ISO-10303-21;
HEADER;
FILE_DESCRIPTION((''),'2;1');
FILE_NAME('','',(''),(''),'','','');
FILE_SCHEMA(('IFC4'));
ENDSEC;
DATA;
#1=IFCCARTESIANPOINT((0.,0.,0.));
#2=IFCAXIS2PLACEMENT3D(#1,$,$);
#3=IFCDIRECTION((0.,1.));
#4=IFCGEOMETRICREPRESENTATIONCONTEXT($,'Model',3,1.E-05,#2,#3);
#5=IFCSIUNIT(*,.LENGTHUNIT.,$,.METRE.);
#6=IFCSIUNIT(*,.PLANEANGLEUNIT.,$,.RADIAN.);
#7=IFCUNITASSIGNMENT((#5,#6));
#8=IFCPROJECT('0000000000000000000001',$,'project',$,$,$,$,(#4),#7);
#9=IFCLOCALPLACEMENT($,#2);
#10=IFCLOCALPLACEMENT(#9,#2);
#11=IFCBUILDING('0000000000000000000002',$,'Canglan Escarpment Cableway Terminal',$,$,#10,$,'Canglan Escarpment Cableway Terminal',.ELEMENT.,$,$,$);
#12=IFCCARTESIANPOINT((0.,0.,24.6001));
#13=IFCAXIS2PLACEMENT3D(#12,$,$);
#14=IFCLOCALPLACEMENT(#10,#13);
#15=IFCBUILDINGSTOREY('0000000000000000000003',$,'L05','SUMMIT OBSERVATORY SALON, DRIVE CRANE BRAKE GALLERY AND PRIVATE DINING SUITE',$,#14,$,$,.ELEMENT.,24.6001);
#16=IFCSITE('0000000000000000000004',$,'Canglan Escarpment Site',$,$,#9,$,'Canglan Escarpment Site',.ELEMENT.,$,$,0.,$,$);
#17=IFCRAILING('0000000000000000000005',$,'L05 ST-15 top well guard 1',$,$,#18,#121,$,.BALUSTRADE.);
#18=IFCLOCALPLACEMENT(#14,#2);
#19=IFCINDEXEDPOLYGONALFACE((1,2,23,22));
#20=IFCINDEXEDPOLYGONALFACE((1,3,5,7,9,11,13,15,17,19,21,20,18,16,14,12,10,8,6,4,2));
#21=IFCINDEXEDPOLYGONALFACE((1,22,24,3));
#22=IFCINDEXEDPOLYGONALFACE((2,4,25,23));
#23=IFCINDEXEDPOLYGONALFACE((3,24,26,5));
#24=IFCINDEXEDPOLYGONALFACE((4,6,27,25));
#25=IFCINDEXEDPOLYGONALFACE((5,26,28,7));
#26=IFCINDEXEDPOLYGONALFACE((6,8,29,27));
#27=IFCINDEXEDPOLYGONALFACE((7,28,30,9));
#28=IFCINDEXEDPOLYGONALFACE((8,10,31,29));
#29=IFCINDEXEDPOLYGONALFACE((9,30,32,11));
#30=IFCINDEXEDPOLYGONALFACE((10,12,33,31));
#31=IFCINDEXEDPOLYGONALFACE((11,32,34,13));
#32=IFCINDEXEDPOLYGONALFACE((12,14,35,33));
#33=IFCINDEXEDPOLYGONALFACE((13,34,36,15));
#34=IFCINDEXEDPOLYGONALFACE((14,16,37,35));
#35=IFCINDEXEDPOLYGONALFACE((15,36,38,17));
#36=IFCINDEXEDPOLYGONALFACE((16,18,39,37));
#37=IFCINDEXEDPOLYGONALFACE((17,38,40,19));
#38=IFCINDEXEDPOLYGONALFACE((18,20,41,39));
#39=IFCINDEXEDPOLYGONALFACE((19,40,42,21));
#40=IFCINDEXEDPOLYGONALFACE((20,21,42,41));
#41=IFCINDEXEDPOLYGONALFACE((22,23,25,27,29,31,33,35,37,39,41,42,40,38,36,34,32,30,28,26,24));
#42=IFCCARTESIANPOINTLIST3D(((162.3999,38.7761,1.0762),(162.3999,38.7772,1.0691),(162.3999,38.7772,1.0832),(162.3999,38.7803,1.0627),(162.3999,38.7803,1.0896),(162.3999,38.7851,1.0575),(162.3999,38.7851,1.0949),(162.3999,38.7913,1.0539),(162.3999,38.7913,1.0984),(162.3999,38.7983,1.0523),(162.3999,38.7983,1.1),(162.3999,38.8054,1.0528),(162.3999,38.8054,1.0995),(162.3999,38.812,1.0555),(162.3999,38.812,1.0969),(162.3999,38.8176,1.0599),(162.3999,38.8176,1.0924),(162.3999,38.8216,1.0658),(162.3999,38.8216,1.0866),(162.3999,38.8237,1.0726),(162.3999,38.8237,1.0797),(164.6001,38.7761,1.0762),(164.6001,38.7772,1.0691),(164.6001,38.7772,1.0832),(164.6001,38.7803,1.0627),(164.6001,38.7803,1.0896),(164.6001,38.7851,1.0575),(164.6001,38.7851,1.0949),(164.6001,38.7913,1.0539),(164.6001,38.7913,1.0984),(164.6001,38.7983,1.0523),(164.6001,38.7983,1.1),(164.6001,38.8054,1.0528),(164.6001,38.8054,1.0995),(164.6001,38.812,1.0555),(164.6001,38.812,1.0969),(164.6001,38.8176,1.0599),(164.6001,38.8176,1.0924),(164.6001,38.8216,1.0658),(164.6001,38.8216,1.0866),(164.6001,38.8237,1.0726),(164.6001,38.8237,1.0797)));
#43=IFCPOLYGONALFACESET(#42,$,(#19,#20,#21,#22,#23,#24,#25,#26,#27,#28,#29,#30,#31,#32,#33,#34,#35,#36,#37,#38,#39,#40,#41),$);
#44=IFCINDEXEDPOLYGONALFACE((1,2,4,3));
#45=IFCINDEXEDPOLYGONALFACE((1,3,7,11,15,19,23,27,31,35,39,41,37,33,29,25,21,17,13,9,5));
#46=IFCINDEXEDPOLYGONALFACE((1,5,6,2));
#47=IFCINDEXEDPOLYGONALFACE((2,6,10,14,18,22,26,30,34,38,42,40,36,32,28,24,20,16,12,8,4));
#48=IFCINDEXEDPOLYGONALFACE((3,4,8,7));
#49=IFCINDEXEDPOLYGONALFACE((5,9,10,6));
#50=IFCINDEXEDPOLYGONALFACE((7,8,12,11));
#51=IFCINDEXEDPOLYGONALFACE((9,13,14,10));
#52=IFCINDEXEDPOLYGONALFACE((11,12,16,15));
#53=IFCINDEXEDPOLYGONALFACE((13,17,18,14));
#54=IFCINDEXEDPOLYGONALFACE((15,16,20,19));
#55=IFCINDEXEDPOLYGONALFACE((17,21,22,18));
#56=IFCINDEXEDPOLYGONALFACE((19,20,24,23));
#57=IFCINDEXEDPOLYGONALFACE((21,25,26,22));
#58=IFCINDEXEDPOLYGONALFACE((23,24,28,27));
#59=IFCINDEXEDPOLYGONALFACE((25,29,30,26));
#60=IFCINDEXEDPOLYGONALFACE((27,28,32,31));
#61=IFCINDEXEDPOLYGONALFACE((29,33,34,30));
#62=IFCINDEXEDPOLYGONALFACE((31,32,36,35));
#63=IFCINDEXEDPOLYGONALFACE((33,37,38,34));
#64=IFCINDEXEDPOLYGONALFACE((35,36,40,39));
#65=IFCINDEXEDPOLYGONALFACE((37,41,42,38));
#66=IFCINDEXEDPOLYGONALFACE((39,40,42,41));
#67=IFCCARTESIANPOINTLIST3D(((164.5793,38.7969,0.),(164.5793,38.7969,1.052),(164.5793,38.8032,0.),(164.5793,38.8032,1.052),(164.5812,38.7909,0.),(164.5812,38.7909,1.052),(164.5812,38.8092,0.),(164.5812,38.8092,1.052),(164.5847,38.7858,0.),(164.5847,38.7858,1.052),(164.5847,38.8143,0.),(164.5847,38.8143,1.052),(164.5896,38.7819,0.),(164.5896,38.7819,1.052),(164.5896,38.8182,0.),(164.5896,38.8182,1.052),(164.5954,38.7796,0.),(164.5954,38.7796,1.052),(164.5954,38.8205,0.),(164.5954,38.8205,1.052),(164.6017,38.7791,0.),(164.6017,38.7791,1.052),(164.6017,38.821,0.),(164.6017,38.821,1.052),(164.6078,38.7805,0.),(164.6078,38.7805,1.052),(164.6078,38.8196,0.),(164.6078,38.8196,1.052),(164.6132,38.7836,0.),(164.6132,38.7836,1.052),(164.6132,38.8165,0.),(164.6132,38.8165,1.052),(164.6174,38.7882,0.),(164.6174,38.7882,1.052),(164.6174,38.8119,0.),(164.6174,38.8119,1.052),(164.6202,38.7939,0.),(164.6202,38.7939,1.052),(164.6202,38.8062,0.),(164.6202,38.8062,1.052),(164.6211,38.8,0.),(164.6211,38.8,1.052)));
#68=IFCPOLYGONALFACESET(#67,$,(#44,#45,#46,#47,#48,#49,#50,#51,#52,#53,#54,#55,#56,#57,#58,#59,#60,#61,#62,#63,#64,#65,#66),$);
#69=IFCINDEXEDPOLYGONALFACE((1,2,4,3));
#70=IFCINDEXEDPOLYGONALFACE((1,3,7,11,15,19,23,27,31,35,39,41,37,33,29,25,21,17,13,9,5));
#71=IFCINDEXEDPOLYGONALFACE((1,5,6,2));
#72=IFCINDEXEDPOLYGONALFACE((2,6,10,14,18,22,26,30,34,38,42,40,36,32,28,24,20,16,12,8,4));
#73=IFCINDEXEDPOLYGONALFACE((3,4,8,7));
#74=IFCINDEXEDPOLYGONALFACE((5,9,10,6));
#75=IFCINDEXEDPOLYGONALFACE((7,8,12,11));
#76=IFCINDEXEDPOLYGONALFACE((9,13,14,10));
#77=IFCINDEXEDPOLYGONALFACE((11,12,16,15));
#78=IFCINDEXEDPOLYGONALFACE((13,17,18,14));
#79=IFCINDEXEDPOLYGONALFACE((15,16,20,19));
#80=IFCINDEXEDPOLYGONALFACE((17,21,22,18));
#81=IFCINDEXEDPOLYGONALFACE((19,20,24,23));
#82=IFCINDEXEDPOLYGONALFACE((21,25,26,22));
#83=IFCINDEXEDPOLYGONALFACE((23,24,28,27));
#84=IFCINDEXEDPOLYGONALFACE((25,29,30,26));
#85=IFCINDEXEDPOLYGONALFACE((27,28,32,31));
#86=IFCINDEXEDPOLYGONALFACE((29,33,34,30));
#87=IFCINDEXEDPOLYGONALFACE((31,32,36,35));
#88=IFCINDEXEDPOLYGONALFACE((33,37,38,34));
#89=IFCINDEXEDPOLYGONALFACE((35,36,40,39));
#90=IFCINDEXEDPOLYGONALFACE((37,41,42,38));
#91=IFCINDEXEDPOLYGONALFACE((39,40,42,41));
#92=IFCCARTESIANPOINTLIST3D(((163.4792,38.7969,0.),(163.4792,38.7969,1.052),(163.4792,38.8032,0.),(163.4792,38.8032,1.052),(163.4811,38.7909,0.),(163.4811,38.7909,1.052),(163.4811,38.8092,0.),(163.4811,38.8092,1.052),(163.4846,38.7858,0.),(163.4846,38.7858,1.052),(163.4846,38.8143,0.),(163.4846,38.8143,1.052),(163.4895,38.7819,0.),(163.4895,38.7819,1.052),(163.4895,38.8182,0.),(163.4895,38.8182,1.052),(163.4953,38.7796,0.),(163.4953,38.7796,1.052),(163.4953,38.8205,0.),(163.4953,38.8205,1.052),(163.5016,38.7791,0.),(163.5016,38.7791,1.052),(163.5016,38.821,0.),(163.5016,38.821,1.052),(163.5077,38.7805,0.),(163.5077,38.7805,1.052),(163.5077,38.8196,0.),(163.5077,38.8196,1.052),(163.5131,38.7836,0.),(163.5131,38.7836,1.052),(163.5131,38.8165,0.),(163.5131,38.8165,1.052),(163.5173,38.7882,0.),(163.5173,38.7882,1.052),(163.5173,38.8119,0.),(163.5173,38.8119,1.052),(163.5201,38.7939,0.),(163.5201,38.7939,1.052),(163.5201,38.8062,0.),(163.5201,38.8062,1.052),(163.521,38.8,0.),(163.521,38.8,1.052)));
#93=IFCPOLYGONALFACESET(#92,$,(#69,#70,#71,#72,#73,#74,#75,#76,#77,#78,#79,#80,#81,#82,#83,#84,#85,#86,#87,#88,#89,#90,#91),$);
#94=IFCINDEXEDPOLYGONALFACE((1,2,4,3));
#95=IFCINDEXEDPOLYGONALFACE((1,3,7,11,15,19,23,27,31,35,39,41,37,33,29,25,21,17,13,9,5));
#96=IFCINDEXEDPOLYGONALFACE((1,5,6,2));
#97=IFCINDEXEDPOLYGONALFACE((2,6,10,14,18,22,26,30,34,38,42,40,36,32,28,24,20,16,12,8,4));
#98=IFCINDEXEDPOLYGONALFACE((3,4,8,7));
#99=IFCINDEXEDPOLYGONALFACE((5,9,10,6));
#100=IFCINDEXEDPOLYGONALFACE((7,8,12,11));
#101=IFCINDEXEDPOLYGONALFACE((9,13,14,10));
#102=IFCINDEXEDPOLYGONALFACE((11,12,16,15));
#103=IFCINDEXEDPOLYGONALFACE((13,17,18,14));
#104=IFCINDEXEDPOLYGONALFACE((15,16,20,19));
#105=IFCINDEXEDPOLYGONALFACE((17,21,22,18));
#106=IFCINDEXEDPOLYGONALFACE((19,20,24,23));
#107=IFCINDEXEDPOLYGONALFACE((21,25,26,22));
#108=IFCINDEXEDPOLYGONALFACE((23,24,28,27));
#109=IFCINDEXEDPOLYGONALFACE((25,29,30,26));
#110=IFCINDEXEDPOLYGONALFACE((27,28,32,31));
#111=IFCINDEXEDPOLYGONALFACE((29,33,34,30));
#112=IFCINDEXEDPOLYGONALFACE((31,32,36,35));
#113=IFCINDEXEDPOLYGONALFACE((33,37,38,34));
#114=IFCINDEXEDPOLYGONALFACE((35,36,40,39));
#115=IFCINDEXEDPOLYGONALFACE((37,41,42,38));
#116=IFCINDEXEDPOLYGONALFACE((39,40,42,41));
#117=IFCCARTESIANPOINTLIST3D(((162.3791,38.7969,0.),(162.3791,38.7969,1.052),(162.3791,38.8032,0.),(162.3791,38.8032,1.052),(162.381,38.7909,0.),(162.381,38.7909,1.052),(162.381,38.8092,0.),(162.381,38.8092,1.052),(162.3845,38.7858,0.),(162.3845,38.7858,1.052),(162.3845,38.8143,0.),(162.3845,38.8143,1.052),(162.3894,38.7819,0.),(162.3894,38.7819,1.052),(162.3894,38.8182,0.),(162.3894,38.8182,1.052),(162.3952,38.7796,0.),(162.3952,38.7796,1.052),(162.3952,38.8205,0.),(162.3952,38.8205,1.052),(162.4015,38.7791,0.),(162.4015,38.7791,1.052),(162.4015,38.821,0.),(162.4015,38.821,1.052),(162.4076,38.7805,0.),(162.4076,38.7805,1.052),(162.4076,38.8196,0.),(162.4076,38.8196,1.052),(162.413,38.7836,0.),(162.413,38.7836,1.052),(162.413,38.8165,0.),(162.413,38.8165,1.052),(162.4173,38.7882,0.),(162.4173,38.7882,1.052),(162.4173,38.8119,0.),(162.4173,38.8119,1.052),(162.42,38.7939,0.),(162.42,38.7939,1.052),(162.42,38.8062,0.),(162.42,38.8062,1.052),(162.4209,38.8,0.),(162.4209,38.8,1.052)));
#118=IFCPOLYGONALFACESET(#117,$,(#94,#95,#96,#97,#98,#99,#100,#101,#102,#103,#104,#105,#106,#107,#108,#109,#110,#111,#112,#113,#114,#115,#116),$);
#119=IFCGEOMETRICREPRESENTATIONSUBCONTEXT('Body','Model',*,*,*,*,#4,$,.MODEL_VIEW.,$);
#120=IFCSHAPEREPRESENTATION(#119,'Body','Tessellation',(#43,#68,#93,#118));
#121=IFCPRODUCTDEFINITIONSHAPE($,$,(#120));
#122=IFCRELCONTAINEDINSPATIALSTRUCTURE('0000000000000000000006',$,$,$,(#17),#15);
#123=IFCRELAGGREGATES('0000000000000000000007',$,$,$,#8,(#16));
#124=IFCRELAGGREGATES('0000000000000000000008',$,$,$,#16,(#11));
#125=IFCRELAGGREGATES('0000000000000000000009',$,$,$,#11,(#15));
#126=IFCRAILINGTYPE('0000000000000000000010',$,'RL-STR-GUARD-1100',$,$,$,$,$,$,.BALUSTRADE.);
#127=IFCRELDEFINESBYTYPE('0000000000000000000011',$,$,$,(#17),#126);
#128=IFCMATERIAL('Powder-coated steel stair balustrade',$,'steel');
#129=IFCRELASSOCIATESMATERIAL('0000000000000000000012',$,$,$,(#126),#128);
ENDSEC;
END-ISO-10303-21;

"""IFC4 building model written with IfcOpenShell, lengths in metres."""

from ifc_helpers import new_model, si_unit, direction, frame, origin, origin_2d, place, context, subcontext, project, spatial, circle, extrude, material, type_object, element, save


model = new_model("IFC4")

# Units and contexts
model_context = context("Model", 3, precision=1e-05, world=origin(), true_north=direction((0.0, 1.0)))
body_context = subcontext(model_context, "Body", "Model", "MODEL_VIEW")
ifc_project = project(units=[si_unit("LENGTHUNIT", "METRE"), si_unit("PLANEANGLEUNIT", "RADIAN")], contexts=[model_context])

# Site, building, storey
site_placement = place(None, origin())
site = spatial("IfcSite", under=ifc_project, at=site_placement, Name="Canglan Escarpment Site", LongName="Canglan Escarpment Site", CompositionType="ELEMENT", RefElevation=0.0)
building_placement = place(site_placement, origin())
building = spatial("IfcBuilding", under=site, at=building_placement, Name="Canglan Escarpment Cableway Terminal", LongName="Canglan Escarpment Cableway Terminal", CompositionType="ELEMENT")
storey_placement = place(building_placement, frame((0.0, 0.0, 24.6001)))
storey = spatial("IfcBuildingStorey", under=building, at=storey_placement, Name="L05", Description="SUMMIT OBSERVATORY SALON, DRIVE CRANE BRAKE GALLERY AND PRIVATE DINING SUITE", CompositionType="ELEMENT", Elevation=24.6001)

# Railing
ifc_material_1 = material(Name="Powder-coated steel stair balustrade", Category="steel")
railing_type = type_object("IfcRailingType", Name="RL-STR-GUARD-1100", PredefinedType="BALUSTRADE", material=ifc_material_1)
railing_placement = place(storey_placement, frame((164.6001, 38.8, 0.0)))
element("IfcRailing", 1, at=railing_placement, inside=storey, type_object=railing_type, Name="L05 ST-15 top well guard 1", PredefinedType="BALUSTRADE", context=body_context, shape_type="SweptSolid", body=[
    extrude(circle(Radius=0.0239, at=origin_2d()), frame((0.0, 0.0, 1.0762), z_axis=(-1.0, 0.0, 0.0), x_axis=(0.0, -1.0, 0.0)), (0.0, 0.0, 1.0), 2.2002),
    extrude(circle(Radius=0.021, at=origin_2d()), origin(), (0.0, 0.0, 1.0), 1.052),
    extrude(circle(Radius=0.021, at=origin_2d()), frame((-1.1001, 0.0, 0.0)), (0.0, 0.0, 1.0), 1.052),
    extrude(circle(Radius=0.021, at=origin_2d()), frame((-2.2002, 0.0, 0.0)), (0.0, 0.0, 1.0), 1.052),
])

save(model, "model.ifc")
